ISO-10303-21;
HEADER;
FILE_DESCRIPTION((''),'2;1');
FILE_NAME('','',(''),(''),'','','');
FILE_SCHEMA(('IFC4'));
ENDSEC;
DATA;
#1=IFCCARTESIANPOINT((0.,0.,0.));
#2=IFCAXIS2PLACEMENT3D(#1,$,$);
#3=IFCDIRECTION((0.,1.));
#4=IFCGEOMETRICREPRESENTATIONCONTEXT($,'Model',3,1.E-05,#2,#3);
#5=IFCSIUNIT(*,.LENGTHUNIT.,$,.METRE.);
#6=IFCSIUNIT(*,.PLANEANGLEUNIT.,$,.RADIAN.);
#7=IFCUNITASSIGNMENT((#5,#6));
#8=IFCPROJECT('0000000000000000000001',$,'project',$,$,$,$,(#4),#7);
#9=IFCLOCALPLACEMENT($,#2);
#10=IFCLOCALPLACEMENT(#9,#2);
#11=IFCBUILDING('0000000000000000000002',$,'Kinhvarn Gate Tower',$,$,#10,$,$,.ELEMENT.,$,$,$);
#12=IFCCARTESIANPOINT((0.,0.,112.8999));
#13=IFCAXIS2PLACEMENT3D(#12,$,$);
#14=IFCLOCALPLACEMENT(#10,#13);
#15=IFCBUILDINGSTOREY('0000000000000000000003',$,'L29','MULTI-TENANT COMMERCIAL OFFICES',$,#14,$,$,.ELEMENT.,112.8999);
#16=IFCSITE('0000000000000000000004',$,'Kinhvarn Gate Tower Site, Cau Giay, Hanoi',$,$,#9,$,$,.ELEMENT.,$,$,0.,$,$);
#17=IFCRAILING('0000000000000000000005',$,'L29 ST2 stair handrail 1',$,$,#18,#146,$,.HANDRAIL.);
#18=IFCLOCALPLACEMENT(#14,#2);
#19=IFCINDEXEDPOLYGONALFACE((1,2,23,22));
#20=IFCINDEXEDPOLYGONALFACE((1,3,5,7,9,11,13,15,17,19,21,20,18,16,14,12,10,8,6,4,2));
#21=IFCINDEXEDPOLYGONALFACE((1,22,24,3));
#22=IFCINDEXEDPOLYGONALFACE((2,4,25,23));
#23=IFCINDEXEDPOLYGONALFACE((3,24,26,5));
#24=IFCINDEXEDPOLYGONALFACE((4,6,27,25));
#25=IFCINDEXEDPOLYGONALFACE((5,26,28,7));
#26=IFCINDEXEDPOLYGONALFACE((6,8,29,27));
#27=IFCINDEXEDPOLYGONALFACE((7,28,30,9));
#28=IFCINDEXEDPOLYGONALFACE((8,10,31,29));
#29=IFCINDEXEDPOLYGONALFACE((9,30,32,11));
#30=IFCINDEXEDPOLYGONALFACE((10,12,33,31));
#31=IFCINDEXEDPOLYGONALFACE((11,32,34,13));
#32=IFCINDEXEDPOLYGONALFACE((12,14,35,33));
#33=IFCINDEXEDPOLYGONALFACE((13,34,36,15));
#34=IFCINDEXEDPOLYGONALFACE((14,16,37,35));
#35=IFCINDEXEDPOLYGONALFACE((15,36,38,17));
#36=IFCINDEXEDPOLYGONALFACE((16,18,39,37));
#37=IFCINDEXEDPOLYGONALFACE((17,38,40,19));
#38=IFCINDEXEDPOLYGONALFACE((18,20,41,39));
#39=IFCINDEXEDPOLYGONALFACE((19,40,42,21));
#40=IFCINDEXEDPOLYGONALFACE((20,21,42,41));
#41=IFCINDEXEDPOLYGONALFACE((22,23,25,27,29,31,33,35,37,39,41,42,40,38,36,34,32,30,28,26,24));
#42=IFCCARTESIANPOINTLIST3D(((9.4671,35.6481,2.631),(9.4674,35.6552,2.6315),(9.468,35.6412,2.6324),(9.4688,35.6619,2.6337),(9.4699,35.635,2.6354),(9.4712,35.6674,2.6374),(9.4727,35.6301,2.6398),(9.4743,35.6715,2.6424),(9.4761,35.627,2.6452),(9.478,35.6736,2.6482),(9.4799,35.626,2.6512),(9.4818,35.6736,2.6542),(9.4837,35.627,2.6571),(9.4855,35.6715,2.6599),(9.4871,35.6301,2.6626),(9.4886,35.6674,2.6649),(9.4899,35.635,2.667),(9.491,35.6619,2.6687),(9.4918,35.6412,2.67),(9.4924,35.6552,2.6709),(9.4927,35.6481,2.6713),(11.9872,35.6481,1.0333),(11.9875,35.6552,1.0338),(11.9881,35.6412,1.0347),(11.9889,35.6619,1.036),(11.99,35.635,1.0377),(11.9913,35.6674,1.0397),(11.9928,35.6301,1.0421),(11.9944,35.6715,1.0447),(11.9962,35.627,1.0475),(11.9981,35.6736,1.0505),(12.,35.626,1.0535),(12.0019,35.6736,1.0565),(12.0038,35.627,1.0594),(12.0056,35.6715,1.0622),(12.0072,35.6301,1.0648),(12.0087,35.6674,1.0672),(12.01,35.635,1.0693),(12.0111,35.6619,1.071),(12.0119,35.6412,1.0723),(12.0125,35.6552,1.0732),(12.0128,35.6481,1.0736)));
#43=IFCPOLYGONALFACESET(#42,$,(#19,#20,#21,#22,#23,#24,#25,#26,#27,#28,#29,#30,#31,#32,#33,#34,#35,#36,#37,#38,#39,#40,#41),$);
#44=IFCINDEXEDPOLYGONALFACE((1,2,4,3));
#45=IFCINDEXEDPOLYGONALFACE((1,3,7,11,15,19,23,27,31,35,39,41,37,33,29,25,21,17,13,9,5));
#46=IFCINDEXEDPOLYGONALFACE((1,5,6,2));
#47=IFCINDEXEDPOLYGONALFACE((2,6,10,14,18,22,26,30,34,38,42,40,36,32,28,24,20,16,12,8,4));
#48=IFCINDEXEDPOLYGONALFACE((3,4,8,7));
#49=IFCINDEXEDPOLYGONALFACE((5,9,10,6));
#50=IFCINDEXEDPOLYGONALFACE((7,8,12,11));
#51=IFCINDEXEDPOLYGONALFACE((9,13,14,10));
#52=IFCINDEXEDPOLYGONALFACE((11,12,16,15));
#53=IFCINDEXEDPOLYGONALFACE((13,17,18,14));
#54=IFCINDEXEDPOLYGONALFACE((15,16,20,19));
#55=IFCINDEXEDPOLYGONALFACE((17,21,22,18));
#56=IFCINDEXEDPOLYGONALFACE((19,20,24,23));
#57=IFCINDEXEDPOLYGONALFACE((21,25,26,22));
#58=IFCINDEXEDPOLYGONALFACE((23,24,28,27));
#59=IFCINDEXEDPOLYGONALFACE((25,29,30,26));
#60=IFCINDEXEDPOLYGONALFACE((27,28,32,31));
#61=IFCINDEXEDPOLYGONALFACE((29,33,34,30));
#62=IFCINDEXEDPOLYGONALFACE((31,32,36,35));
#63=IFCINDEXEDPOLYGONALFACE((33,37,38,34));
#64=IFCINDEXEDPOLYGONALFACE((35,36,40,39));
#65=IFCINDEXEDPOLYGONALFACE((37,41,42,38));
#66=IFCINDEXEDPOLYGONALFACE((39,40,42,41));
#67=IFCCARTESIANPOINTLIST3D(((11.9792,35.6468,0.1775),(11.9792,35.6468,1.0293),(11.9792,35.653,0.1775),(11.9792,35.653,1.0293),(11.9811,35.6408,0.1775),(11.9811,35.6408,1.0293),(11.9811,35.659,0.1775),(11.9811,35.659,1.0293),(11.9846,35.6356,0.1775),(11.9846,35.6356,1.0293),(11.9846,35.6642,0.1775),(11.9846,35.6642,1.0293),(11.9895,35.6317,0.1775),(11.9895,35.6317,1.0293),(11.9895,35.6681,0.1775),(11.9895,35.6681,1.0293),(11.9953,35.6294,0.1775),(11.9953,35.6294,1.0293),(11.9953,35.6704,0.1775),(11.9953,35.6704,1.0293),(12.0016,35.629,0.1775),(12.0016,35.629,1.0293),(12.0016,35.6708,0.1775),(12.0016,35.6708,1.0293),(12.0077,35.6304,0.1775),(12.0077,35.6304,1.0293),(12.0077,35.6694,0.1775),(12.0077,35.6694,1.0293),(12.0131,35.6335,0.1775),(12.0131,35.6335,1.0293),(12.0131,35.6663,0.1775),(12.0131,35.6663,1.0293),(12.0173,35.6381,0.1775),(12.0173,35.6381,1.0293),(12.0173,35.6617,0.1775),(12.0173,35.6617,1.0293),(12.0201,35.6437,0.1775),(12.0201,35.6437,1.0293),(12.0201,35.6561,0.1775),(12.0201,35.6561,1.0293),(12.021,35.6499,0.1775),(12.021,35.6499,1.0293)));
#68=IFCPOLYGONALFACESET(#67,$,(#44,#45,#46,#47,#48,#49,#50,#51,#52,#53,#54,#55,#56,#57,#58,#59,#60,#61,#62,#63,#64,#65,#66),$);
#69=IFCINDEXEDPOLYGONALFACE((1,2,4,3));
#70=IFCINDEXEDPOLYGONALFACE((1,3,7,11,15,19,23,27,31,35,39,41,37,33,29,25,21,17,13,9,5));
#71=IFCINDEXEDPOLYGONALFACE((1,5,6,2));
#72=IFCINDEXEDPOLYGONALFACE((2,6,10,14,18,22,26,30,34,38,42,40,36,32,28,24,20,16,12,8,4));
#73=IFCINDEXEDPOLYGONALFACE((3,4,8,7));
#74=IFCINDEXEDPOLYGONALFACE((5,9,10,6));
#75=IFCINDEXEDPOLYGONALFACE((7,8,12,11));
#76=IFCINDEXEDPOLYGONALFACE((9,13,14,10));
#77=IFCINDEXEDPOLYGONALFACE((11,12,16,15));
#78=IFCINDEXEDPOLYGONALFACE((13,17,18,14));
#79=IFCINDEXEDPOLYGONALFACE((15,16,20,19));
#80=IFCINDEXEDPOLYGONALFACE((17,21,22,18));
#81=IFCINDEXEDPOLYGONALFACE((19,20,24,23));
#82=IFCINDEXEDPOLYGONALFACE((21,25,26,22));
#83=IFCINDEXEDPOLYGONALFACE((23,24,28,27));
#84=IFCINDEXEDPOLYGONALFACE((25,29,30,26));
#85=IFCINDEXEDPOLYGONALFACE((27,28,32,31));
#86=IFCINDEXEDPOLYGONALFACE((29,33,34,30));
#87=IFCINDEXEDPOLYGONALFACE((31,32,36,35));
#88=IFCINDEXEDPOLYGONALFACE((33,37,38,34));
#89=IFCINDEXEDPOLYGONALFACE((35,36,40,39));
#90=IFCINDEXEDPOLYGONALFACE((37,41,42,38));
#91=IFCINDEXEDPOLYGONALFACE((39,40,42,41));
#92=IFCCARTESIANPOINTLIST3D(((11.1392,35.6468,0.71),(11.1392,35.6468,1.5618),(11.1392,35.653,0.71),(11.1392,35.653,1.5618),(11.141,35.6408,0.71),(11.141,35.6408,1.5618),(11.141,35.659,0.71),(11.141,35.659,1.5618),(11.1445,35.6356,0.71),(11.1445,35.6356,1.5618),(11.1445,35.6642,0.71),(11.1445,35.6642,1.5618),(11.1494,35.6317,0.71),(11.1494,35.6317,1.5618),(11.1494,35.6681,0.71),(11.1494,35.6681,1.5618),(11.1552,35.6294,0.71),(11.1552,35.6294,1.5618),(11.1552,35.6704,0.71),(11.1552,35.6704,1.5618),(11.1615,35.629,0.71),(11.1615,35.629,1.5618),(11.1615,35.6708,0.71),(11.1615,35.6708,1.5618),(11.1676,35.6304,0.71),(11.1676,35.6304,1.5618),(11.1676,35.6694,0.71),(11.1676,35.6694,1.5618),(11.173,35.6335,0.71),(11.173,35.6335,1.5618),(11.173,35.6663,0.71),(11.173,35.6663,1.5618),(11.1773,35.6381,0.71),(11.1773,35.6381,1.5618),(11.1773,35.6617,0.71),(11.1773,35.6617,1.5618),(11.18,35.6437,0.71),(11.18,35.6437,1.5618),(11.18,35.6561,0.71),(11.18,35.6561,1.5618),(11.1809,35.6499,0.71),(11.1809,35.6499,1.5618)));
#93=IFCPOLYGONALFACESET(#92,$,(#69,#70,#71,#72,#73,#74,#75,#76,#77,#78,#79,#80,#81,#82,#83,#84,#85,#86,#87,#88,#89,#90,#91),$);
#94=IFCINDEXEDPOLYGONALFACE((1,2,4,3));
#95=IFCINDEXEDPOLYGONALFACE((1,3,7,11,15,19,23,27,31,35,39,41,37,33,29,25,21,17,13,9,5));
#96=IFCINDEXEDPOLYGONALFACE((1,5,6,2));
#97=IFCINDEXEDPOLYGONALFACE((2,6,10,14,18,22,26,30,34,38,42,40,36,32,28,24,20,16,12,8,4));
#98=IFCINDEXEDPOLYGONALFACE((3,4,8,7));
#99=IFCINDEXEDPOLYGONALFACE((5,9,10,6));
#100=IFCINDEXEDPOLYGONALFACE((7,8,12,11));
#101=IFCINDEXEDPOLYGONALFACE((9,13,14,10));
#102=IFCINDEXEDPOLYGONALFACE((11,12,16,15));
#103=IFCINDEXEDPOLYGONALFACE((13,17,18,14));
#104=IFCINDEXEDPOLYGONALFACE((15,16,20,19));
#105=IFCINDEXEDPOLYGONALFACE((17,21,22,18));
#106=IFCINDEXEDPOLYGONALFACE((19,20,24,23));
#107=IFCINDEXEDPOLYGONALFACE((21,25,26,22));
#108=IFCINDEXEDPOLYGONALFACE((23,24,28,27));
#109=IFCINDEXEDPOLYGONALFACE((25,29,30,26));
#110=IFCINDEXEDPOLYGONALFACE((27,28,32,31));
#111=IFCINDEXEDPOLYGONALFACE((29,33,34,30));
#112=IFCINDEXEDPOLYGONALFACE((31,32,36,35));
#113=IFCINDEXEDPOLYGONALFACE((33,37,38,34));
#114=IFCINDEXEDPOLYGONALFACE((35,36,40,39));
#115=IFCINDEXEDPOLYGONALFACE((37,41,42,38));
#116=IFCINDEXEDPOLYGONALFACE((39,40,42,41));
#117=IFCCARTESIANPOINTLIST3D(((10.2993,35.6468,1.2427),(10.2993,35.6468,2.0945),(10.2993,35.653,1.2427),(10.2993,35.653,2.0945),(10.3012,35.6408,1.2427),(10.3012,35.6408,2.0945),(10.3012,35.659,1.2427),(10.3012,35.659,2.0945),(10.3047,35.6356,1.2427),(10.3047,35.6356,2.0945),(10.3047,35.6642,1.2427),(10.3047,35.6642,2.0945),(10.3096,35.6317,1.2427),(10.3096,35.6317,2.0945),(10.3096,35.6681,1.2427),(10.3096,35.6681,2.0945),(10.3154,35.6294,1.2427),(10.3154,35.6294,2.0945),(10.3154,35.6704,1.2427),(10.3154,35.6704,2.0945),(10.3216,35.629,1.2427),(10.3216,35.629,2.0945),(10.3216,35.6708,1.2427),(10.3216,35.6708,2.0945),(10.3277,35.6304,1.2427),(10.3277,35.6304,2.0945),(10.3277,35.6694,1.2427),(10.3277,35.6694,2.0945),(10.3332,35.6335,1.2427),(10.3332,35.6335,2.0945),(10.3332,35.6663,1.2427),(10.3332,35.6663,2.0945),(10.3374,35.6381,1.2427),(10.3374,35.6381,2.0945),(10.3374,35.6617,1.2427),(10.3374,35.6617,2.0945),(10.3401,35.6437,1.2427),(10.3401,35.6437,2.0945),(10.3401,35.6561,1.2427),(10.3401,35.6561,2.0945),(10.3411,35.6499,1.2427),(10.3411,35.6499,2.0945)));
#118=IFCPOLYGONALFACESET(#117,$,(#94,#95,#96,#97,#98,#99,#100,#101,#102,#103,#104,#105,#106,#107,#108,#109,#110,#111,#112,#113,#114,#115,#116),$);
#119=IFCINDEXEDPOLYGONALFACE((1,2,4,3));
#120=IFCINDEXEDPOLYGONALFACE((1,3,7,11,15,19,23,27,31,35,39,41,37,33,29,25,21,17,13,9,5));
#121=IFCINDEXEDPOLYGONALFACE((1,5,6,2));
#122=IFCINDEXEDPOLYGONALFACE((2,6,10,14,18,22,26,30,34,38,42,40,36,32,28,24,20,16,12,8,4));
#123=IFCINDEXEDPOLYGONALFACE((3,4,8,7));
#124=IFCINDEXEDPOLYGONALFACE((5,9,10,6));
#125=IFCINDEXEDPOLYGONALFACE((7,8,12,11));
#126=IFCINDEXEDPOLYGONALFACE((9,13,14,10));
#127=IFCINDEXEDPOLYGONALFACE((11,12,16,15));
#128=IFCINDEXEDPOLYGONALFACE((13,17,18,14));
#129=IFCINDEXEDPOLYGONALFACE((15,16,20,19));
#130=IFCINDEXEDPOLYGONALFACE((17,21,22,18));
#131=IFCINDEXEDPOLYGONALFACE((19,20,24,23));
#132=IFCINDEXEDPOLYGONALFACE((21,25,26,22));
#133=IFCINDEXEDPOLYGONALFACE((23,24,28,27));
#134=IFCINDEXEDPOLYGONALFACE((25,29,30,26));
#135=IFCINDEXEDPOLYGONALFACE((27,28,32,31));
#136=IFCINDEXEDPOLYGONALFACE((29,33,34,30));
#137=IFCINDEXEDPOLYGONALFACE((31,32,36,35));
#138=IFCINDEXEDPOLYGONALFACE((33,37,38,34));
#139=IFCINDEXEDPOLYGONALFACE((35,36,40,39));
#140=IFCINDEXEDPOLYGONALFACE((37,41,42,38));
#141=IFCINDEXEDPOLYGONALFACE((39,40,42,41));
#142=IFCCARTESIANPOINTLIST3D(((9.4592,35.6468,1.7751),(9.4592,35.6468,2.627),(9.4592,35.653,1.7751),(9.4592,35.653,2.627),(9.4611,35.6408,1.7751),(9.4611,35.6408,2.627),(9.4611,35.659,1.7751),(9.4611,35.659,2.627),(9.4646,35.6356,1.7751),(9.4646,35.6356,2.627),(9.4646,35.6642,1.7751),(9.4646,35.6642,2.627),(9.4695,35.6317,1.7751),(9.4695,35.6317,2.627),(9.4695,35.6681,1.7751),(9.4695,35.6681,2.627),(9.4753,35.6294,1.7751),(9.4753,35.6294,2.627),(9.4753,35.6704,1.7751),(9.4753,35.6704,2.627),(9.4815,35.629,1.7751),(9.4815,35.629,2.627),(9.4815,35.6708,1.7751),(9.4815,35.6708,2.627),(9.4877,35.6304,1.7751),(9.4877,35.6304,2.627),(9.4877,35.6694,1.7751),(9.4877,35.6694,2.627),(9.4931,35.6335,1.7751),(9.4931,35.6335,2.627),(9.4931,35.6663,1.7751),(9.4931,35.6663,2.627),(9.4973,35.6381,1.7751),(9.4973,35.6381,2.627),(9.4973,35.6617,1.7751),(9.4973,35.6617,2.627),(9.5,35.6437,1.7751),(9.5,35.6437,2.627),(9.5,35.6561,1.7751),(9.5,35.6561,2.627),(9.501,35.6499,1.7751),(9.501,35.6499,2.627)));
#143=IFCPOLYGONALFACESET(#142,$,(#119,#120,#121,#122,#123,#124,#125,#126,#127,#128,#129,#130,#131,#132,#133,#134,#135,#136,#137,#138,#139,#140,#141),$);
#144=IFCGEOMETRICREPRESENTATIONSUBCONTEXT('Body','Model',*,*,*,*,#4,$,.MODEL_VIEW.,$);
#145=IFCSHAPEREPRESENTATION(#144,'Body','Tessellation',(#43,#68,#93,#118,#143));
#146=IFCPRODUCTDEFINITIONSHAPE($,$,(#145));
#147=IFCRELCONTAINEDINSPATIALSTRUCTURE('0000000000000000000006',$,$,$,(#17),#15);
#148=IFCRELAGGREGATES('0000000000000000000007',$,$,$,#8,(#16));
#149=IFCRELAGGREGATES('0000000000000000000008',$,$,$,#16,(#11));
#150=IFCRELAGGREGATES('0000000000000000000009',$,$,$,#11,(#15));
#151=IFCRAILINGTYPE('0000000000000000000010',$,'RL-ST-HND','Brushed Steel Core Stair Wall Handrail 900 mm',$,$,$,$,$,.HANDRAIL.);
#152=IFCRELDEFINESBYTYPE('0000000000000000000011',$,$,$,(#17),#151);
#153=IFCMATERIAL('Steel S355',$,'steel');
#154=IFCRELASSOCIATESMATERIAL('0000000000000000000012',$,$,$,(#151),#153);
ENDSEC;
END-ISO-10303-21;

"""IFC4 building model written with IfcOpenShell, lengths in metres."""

from ifc_helpers import new_model, si_unit, direction, frame, origin, origin_2d, place, context, subcontext, project, spatial, circle, extrude, material, type_object, element, save


model = new_model("IFC4")

# Units and contexts
model_context = context("Model", 3, precision=1e-05, world=origin(), true_north=direction((0.0, 1.0)))
body_context = subcontext(model_context, "Body", "Model", "MODEL_VIEW")
ifc_project = project(units=[si_unit("LENGTHUNIT", "METRE"), si_unit("PLANEANGLEUNIT", "RADIAN")], contexts=[model_context])

# Site, building, storey
site_placement = place(None, origin())
site = spatial("IfcSite", under=ifc_project, at=site_placement, Name="Kinhvarn Gate Tower Site, Cau Giay, Hanoi", CompositionType="ELEMENT", RefElevation=0.0)
building_placement = place(site_placement, origin())
building = spatial("IfcBuilding", under=site, at=building_placement, Name="Kinhvarn Gate Tower", CompositionType="ELEMENT")
storey_placement = place(building_placement, frame((0.0, 0.0, 112.8999)))
storey = spatial("IfcBuildingStorey", under=building, at=storey_placement, Name="L29", Description="MULTI-TENANT COMMERCIAL OFFICES", CompositionType="ELEMENT", Elevation=112.8999)

# Shared definitions
ifc_material_1 = material(Name="Steel S355", Category="steel")

# Railing
railing_type_1 = type_object("IfcRailingType", Name="RL-ST-HND", Description="Brushed Steel Core Stair Wall Handrail 900 mm", PredefinedType="HANDRAIL", material=ifc_material_1)
railing_1_placement = place(storey_placement, frame((12.0, 35.6499, 0.1775)))
element("IfcRailing", 1, at=railing_1_placement, inside=storey, type_object=railing_type_1, Name="L29 ST2 stair handrail 1", PredefinedType="HANDRAIL", context=body_context, shape_type="SweptSolid", body=[
    extrude(circle(Radius=0.0239, at=origin_2d()), frame((0.0, 0.0, 0.876), z_axis=(-0.84457, 0.0, 0.535445), x_axis=(0.0, -1.0, 0.0)), (0.0, 0.0, 1.0), 2.9839),
    extrude(circle(Radius=0.021, at=origin_2d()), origin(), (0.0, 0.0, 1.0), 0.8518),
    extrude(circle(Radius=0.021, at=origin_2d()), frame((-0.8401, 0.0, 0.5325)), (0.0, 0.0, 1.0), 0.8518),
    extrude(circle(Radius=0.021, at=origin_2d()), frame((-1.6799, 0.0, 1.0652)), (0.0, 0.0, 1.0), 0.8518),
    extrude(circle(Radius=0.021, at=origin_2d()), frame((-2.52, 0.0, 1.5977)), (0.0, 0.0, 1.0), 0.8518),
])

save(model, "model.ifc")
